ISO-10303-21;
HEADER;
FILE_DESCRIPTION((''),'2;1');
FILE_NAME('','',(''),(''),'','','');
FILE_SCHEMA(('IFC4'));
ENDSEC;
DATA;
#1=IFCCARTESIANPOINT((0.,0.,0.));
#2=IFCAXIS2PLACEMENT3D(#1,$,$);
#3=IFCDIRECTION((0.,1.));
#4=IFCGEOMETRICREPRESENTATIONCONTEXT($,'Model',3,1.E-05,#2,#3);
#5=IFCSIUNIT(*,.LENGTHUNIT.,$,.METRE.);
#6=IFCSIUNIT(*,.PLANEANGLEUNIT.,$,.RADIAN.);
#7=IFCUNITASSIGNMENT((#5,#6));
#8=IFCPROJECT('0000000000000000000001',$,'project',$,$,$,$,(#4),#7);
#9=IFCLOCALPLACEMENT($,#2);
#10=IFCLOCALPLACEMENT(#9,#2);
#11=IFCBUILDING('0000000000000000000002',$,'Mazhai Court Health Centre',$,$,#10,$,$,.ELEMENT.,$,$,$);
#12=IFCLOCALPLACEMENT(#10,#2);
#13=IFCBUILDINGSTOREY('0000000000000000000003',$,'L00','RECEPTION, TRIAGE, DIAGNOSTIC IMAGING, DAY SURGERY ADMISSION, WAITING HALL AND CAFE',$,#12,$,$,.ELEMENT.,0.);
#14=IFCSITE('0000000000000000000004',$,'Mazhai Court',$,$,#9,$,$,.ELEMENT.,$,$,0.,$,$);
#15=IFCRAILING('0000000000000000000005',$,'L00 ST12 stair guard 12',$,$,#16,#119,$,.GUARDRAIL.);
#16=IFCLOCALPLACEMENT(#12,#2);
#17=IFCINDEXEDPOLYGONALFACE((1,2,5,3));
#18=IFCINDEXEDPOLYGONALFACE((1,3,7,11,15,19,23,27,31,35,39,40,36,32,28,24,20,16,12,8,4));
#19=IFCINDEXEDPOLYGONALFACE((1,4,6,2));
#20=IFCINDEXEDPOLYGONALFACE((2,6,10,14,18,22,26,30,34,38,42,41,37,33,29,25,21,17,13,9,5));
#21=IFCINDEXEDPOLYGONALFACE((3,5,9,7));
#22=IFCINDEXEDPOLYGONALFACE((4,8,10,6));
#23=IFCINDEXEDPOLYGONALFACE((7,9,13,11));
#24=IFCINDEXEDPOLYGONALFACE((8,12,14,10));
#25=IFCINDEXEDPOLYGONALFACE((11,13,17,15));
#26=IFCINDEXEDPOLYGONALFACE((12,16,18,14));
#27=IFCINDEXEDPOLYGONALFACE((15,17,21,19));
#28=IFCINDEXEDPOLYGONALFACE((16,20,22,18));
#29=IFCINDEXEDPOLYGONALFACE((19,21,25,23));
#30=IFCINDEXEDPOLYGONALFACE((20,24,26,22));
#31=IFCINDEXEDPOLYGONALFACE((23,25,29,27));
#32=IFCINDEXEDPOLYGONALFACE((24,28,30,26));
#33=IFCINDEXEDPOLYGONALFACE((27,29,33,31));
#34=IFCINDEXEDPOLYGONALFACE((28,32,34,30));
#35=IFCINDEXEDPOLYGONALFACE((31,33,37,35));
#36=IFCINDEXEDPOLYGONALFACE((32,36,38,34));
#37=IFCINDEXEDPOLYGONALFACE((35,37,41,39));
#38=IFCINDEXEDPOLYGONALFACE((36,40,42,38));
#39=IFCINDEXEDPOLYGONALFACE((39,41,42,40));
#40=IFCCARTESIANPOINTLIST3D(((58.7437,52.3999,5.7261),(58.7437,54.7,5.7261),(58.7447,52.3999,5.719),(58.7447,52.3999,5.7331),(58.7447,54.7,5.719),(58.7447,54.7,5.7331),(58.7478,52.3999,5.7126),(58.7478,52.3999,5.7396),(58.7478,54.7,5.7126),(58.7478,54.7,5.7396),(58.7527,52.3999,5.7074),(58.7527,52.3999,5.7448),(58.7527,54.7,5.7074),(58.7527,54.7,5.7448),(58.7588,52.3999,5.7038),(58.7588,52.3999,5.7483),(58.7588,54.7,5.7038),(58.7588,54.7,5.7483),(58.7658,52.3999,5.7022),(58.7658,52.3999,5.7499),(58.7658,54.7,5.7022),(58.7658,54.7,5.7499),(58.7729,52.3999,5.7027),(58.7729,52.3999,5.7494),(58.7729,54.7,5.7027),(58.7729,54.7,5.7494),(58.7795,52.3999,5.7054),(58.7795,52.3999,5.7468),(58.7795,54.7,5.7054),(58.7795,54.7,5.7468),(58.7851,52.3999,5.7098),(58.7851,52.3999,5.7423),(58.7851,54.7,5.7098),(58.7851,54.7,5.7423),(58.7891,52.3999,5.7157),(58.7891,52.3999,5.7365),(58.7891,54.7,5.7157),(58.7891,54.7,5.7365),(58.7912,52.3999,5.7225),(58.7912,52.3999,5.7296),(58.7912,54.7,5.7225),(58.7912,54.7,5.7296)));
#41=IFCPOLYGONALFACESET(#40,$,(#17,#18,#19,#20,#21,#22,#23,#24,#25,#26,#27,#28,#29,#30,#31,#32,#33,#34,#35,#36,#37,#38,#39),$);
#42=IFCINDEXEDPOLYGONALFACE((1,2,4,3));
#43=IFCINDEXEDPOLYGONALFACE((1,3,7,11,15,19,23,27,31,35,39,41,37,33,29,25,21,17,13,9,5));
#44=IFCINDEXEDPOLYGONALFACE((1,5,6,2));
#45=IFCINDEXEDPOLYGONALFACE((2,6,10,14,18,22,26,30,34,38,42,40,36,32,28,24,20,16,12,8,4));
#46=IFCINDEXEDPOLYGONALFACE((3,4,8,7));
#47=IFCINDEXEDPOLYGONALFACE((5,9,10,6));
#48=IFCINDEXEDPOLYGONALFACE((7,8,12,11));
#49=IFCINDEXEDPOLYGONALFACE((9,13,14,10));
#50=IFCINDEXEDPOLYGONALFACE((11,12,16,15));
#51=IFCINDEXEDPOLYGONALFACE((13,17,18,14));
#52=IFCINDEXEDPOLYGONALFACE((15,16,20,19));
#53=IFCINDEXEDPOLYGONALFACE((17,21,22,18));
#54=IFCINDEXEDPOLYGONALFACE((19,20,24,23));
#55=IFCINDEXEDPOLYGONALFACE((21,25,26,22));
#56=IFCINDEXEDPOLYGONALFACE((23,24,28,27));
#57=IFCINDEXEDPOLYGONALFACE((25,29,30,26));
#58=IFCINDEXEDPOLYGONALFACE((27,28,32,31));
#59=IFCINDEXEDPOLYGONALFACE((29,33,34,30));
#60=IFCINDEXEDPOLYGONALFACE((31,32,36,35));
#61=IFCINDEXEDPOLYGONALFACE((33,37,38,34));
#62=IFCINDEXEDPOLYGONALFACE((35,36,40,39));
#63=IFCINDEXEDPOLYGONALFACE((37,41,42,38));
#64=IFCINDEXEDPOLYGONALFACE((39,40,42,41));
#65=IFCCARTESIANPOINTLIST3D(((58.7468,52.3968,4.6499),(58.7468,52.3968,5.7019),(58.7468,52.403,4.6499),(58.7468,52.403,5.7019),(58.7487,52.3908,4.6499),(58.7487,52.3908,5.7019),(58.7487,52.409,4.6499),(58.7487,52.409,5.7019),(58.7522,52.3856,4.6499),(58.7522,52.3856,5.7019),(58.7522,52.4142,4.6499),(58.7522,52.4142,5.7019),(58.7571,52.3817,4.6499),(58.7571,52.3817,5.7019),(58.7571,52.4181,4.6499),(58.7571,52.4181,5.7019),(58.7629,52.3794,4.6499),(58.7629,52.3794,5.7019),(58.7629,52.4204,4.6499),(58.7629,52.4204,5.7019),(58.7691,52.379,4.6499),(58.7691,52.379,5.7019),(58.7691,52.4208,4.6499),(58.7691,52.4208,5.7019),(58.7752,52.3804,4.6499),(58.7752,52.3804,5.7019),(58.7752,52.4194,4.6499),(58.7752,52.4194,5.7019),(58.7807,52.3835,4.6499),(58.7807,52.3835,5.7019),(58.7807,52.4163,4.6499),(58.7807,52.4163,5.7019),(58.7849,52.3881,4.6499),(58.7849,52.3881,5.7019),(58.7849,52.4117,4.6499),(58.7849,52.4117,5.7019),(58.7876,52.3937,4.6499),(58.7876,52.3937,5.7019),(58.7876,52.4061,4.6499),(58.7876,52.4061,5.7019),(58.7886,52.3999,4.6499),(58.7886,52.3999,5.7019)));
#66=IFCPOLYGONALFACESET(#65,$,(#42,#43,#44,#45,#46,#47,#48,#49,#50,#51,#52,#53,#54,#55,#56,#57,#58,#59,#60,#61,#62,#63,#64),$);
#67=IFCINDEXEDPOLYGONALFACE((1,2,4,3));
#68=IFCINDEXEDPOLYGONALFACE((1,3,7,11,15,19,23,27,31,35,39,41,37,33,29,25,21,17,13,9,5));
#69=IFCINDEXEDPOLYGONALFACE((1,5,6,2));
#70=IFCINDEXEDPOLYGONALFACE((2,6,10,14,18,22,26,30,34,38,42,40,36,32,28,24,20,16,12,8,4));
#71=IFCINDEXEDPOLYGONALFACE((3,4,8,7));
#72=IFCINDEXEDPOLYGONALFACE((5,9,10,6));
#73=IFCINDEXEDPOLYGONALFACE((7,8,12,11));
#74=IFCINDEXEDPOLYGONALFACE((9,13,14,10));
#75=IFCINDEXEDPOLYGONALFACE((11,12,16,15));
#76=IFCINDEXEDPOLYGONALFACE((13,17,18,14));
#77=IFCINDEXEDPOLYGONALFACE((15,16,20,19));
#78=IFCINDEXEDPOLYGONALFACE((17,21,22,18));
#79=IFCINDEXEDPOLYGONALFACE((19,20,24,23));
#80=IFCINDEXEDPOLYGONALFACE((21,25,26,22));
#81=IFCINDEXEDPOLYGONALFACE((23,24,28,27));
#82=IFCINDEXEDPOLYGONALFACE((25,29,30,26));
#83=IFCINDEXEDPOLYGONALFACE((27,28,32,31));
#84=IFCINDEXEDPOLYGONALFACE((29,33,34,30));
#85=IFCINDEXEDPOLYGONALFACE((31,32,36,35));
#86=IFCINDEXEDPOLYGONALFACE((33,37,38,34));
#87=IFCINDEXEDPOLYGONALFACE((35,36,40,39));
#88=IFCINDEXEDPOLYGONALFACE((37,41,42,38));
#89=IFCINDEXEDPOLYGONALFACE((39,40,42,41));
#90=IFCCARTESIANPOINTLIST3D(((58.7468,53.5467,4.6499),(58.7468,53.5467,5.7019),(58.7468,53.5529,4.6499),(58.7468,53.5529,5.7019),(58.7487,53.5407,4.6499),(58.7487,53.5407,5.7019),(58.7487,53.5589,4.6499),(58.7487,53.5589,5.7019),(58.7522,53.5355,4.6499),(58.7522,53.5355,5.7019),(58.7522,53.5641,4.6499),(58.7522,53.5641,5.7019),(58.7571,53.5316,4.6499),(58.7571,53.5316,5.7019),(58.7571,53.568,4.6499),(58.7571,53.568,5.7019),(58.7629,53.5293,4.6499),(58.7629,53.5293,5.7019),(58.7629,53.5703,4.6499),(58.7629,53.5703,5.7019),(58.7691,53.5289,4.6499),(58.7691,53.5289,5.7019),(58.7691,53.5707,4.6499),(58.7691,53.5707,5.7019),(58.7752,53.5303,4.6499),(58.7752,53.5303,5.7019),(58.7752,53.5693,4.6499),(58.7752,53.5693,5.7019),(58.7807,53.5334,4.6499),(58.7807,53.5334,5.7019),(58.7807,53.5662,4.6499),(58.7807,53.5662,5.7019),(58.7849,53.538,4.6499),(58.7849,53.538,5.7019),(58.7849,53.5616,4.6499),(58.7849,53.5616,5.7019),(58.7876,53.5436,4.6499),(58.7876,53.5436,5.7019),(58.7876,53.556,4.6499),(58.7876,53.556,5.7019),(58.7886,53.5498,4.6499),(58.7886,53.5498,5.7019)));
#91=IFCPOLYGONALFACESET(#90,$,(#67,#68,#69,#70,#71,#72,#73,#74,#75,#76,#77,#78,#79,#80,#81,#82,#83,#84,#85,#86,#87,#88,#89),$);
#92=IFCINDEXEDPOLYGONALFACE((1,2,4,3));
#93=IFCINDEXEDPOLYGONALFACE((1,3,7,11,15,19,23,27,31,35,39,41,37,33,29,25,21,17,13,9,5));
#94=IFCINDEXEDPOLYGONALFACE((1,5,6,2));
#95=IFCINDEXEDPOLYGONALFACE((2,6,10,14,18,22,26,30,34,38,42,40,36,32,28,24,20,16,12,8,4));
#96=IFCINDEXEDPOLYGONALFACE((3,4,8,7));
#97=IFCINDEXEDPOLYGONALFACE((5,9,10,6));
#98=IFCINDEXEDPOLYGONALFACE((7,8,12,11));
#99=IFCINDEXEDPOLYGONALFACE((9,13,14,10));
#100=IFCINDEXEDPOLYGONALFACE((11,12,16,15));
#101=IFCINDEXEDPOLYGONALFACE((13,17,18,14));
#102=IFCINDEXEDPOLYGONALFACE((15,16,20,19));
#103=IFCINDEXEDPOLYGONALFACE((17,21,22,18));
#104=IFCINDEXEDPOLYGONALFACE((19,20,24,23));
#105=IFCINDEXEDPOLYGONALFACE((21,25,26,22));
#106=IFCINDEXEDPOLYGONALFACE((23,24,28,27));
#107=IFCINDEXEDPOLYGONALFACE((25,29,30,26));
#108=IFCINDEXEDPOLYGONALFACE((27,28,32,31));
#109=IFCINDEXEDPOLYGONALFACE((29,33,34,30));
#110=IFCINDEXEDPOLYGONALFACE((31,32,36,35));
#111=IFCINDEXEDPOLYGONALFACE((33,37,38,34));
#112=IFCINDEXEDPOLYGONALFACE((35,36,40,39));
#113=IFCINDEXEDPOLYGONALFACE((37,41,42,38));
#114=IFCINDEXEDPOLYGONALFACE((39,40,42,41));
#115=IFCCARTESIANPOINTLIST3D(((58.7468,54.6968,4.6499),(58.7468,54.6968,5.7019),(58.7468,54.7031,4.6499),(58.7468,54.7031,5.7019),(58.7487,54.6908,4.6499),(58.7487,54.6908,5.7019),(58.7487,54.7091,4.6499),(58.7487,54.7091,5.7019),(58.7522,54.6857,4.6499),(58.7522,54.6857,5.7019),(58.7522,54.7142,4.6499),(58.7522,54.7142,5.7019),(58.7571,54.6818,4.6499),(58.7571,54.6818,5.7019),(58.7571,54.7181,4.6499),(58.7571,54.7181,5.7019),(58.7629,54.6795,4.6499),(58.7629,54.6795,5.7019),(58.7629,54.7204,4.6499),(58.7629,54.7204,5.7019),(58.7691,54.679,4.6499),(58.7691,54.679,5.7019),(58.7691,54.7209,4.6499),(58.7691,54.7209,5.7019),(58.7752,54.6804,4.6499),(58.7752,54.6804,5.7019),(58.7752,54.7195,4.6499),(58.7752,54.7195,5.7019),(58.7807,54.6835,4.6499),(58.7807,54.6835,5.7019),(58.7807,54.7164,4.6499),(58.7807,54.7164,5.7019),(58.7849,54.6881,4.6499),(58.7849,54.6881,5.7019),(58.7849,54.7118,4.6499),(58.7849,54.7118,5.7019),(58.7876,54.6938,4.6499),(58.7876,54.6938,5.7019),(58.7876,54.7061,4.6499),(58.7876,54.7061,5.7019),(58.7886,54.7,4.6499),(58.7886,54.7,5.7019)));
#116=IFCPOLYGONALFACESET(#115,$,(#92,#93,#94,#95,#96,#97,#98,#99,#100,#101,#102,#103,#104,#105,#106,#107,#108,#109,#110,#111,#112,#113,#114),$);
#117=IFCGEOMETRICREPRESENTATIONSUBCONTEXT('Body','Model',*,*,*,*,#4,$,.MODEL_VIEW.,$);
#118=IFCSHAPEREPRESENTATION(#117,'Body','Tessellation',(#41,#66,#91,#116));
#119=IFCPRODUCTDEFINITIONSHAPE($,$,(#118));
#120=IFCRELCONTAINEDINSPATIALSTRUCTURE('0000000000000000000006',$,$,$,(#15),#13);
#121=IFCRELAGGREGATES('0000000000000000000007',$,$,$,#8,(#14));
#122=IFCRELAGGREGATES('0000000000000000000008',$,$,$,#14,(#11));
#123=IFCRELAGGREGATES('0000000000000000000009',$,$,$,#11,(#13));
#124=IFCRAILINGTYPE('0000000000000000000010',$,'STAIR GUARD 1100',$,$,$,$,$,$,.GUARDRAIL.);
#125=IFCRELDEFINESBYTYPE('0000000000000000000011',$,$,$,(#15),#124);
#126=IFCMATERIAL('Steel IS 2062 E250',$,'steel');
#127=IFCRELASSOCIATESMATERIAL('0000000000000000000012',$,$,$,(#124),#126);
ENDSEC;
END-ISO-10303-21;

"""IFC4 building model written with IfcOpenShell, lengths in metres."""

from ifc_helpers import new_model, si_unit, direction, frame, origin, origin_2d, place, context, subcontext, project, spatial, circle, extrude, material, type_object, element, save


model = new_model("IFC4")

# Units and contexts
model_context = context("Model", 3, precision=1e-05, world=origin(), true_north=direction((0.0, 1.0)))
body_context = subcontext(model_context, "Body", "Model", "MODEL_VIEW")
ifc_project = project(units=[si_unit("LENGTHUNIT", "METRE"), si_unit("PLANEANGLEUNIT", "RADIAN")], contexts=[model_context])

# Site, building, storey
site_placement = place(None, origin())
site = spatial("IfcSite", under=ifc_project, at=site_placement, Name="Mazhai Court", CompositionType="ELEMENT", RefElevation=0.0)
building_placement = place(site_placement, origin())
building = spatial("IfcBuilding", under=site, at=building_placement, Name="Mazhai Court Health Centre", CompositionType="ELEMENT")
storey_placement = place(building_placement, origin())
storey = spatial("IfcBuildingStorey", under=building, at=storey_placement, Name="L00", Description="RECEPTION, TRIAGE, DIAGNOSTIC IMAGING, DAY SURGERY ADMISSION, WAITING HALL AND CAFE", CompositionType="ELEMENT", Elevation=0.0)

# Railing
ifc_material_1 = material(Name="Steel IS 2062 E250", Category="steel")
railing_type_1 = type_object("IfcRailingType", Name="STAIR GUARD 1100", PredefinedType="GUARDRAIL", material=ifc_material_1)
railing_1_placement = place(storey_placement, frame((58.7676, 52.3999, 4.6499)))
element("IfcRailing", 1, at=railing_1_placement, inside=storey, type_object=railing_type_1, Name="L00 ST12 stair guard 12", PredefinedType="GUARDRAIL", context=body_context, shape_type="SweptSolid", body=[
    extrude(circle(Radius=0.0239, at=origin_2d()), frame((0.0, 0.0, 1.0762), z_axis=(0.0, 1.0, 0.0), x_axis=(-1.0, 0.0, 0.0)), (0.0, 0.0, 1.0), 2.3),
    extrude(circle(Radius=0.021, at=origin_2d()), origin(), (0.0, 0.0, 1.0), 1.052),
    extrude(circle(Radius=0.021, at=origin_2d()), frame((0.0, 1.1499, 0.0)), (0.0, 0.0, 1.0), 1.052),
    extrude(circle(Radius=0.021, at=origin_2d()), frame((0.0, 2.3, 0.0)), (0.0, 0.0, 1.0), 1.052),
])

save(model, "model.ifc")
